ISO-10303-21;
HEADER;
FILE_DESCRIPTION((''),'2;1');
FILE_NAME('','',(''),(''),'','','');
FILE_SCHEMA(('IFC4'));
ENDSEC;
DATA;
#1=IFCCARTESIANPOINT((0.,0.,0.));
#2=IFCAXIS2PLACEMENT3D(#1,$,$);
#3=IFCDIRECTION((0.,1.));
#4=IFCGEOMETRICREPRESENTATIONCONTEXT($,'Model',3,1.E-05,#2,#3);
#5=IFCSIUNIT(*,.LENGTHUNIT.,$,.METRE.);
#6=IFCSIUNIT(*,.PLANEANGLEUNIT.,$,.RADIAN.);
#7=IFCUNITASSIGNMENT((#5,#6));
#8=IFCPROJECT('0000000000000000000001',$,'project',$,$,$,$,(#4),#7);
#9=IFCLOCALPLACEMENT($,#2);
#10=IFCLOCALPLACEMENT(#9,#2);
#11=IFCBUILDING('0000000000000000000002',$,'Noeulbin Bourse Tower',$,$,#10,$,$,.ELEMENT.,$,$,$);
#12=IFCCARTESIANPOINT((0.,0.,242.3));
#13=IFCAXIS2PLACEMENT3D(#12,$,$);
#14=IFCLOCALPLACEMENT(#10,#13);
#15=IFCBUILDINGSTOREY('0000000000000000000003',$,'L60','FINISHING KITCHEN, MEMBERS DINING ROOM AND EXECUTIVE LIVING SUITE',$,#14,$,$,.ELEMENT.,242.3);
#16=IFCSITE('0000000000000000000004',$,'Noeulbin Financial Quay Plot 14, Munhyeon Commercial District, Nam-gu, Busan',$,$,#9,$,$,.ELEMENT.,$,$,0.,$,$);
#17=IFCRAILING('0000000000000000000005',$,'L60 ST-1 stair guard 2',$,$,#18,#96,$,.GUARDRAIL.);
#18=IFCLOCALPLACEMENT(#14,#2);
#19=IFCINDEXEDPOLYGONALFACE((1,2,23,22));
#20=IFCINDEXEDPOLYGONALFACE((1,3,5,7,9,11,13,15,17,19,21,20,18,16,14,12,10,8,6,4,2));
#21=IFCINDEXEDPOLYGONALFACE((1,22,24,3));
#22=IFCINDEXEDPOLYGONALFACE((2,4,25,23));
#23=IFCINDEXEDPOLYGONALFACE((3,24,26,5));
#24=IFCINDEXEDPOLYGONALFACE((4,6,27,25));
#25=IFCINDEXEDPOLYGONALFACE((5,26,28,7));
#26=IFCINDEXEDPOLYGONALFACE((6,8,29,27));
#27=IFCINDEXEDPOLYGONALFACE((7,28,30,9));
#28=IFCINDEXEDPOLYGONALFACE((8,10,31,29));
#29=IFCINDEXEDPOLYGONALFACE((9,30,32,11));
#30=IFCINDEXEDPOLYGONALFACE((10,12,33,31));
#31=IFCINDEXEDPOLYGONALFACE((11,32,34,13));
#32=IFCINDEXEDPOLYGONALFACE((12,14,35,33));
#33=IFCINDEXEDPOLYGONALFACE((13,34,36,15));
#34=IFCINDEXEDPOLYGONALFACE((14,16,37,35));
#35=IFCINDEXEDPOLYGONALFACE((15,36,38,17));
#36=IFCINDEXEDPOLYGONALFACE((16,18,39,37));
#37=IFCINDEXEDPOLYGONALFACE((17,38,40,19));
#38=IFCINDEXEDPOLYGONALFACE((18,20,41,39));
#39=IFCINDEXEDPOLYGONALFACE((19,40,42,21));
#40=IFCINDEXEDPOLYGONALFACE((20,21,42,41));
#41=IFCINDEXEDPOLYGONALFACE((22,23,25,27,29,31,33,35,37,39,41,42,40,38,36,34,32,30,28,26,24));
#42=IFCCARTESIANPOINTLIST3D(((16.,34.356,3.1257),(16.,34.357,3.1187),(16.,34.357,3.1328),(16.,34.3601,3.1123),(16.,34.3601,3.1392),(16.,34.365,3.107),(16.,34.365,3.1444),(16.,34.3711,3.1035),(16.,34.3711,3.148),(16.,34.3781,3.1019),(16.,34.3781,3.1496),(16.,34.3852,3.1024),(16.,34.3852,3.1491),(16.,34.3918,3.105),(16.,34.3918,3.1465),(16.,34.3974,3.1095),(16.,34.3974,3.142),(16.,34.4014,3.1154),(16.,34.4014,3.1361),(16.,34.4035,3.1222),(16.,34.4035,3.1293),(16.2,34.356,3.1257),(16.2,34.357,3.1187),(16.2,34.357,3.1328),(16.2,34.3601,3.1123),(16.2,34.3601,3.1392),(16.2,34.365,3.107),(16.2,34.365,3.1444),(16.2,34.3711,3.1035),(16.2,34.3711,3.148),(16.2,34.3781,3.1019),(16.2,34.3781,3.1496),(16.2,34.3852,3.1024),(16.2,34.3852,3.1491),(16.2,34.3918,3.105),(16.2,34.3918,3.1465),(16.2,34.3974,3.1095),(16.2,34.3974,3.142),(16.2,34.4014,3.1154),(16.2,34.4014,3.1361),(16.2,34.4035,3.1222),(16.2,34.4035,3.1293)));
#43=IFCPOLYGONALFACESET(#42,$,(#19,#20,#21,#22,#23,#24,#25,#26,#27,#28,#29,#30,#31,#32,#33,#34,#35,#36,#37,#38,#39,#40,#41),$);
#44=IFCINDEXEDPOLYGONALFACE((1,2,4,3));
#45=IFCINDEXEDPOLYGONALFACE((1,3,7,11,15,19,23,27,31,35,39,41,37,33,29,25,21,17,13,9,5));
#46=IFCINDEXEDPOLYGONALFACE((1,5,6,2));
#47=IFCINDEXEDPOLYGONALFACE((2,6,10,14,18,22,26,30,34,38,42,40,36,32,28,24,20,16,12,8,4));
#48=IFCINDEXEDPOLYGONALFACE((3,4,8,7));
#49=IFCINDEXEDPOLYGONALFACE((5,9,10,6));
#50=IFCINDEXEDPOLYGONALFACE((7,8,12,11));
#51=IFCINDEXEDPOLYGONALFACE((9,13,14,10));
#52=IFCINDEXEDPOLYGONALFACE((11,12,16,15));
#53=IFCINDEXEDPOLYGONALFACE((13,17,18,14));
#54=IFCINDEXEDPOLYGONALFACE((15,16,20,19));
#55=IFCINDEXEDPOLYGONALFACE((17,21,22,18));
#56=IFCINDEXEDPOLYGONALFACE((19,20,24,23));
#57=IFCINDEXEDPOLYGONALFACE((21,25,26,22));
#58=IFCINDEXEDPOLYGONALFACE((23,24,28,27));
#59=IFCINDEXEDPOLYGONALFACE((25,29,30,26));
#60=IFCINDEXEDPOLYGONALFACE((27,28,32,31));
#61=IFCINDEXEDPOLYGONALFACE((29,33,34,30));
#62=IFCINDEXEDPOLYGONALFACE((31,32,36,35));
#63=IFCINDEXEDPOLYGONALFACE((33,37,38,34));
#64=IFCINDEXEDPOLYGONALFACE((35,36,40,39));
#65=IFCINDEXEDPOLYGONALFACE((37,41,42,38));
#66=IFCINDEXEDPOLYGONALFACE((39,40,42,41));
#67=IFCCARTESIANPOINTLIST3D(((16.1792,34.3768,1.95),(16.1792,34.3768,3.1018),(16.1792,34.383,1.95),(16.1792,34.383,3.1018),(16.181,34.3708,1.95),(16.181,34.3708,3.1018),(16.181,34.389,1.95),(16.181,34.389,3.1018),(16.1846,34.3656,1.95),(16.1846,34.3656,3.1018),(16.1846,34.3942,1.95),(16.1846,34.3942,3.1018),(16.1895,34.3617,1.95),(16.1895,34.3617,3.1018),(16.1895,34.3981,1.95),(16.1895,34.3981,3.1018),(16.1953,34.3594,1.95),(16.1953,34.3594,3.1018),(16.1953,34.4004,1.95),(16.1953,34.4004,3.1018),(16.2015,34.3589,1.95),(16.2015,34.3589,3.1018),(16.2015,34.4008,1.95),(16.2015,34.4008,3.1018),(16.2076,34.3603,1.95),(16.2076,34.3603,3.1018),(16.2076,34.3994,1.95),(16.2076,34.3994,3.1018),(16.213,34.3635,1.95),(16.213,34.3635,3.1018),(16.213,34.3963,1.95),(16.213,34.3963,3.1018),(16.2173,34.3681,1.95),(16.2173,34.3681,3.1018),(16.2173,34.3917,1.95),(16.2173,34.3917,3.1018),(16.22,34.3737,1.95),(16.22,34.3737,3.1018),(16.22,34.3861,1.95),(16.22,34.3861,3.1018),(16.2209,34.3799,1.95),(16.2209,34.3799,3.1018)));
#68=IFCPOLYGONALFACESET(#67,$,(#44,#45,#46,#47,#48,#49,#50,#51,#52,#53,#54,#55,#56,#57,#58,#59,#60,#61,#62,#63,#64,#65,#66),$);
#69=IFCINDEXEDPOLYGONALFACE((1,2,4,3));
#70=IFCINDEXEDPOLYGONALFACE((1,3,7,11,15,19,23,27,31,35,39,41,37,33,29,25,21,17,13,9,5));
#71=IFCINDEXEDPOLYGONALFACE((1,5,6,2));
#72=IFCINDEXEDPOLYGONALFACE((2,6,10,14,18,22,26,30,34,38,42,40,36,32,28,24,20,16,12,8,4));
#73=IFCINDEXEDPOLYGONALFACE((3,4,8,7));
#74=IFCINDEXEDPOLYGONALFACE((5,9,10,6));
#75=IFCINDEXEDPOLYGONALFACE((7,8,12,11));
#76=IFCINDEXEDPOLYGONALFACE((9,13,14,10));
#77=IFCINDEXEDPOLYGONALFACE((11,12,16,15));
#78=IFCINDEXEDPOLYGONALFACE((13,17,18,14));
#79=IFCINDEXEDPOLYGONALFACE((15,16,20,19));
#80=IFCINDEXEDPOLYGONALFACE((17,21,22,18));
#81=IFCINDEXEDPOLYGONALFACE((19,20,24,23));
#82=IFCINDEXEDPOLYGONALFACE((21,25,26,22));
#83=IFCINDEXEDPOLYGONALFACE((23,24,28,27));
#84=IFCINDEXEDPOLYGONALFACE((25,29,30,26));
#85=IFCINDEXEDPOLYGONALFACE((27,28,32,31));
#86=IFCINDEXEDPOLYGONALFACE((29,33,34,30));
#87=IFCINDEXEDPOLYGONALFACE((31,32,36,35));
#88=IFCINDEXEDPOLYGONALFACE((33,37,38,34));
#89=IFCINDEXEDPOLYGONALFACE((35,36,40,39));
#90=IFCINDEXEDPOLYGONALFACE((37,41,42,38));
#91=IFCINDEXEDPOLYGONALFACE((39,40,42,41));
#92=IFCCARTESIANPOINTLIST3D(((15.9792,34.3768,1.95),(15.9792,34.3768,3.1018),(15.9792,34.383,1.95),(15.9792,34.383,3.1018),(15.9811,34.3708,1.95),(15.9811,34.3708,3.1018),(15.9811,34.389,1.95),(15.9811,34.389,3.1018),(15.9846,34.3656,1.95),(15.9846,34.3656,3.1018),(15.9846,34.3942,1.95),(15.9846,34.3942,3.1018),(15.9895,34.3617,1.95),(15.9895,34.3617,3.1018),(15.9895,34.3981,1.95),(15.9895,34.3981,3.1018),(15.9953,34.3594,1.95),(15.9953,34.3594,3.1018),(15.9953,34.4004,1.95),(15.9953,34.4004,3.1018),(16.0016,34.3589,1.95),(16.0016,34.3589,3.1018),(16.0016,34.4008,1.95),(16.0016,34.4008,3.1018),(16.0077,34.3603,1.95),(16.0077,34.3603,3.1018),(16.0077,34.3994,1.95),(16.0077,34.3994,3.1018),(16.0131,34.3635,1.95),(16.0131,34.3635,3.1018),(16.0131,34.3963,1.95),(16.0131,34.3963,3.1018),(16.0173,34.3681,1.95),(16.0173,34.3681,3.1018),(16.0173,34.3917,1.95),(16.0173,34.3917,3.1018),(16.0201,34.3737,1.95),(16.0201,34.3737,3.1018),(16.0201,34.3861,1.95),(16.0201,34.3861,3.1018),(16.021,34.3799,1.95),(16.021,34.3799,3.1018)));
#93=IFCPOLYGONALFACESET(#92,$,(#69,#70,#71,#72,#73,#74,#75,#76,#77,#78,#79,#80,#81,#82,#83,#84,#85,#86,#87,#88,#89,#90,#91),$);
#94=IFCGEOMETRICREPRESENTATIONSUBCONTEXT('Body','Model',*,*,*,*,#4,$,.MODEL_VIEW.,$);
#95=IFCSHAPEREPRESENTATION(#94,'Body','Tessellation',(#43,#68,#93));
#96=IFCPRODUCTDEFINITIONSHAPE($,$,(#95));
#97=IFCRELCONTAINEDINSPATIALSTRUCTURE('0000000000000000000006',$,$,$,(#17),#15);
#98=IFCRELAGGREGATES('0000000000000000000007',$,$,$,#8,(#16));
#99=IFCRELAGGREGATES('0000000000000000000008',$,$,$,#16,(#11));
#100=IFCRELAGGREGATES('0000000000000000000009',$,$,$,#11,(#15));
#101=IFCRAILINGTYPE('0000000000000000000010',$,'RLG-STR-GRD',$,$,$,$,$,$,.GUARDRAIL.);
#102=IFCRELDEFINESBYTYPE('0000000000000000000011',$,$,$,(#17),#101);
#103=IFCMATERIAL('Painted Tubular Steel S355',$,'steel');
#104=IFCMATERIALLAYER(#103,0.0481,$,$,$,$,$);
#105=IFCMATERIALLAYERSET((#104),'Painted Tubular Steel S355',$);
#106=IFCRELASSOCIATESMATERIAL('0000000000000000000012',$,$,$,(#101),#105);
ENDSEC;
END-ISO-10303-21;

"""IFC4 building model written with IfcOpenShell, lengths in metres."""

from ifc_helpers import new_model, si_unit, direction, frame, origin, origin_2d, place, context, subcontext, project, spatial, circle, extrude, material, layer, layer_set, type_object, element, save


model = new_model("IFC4")

# Units and contexts
model_context = context("Model", 3, precision=1e-05, world=origin(), true_north=direction((0.0, 1.0)))
body_context = subcontext(model_context, "Body", "Model", "MODEL_VIEW")
ifc_project = project(units=[si_unit("LENGTHUNIT", "METRE"), si_unit("PLANEANGLEUNIT", "RADIAN")], contexts=[model_context])

# Site, building, storey
site_placement = place(None, origin())
site = spatial("IfcSite", under=ifc_project, at=site_placement, Name="Noeulbin Financial Quay Plot 14, Munhyeon Commercial District, Nam-gu, Busan", CompositionType="ELEMENT", RefElevation=0.0)
building_placement = place(site_placement, origin())
building = spatial("IfcBuilding", under=site, at=building_placement, Name="Noeulbin Bourse Tower", CompositionType="ELEMENT")
storey_placement = place(building_placement, frame((0.0, 0.0, 242.3)))
storey = spatial("IfcBuildingStorey", under=building, at=storey_placement, Name="L60", Description="FINISHING KITCHEN, MEMBERS DINING ROOM AND EXECUTIVE LIVING SUITE", CompositionType="ELEMENT", Elevation=242.3)

# Railing
ifc_material_1 = material(Name="Painted Tubular Steel S355", Category="steel")
ifc_layer_1 = layer(ifc_material_1, 0.0481)
ifc_layer_set_1 = layer_set([ifc_layer_1], Name="Painted Tubular Steel S355")
railing_type_1 = type_object("IfcRailingType", Name="RLG-STR-GRD", PredefinedType="GUARDRAIL", material=ifc_layer_set_1)
railing_1_placement = place(storey_placement, frame((16.2, 34.3799, 1.95)))
element("IfcRailing", 1, at=railing_1_placement, inside=storey, type_object=railing_type_1, Name="L60 ST-1 stair guard 2", PredefinedType="GUARDRAIL", context=body_context, shape_type="SweptSolid", body=[
    extrude(circle(Radius=0.0239, at=origin_2d()), frame((0.0, 0.0, 1.1758), z_axis=(-1.0, 0.0, 0.0), x_axis=(0.0, -1.0, 0.0)), (0.0, 0.0, 1.0), 0.2),
    extrude(circle(Radius=0.021, at=origin_2d()), origin(), (0.0, 0.0, 1.0), 1.1519),
    extrude(circle(Radius=0.021, at=origin_2d()), frame((-0.2, 0.0, 0.0)), (0.0, 0.0, 1.0), 1.1519),
])

save(model, "model.ifc")
